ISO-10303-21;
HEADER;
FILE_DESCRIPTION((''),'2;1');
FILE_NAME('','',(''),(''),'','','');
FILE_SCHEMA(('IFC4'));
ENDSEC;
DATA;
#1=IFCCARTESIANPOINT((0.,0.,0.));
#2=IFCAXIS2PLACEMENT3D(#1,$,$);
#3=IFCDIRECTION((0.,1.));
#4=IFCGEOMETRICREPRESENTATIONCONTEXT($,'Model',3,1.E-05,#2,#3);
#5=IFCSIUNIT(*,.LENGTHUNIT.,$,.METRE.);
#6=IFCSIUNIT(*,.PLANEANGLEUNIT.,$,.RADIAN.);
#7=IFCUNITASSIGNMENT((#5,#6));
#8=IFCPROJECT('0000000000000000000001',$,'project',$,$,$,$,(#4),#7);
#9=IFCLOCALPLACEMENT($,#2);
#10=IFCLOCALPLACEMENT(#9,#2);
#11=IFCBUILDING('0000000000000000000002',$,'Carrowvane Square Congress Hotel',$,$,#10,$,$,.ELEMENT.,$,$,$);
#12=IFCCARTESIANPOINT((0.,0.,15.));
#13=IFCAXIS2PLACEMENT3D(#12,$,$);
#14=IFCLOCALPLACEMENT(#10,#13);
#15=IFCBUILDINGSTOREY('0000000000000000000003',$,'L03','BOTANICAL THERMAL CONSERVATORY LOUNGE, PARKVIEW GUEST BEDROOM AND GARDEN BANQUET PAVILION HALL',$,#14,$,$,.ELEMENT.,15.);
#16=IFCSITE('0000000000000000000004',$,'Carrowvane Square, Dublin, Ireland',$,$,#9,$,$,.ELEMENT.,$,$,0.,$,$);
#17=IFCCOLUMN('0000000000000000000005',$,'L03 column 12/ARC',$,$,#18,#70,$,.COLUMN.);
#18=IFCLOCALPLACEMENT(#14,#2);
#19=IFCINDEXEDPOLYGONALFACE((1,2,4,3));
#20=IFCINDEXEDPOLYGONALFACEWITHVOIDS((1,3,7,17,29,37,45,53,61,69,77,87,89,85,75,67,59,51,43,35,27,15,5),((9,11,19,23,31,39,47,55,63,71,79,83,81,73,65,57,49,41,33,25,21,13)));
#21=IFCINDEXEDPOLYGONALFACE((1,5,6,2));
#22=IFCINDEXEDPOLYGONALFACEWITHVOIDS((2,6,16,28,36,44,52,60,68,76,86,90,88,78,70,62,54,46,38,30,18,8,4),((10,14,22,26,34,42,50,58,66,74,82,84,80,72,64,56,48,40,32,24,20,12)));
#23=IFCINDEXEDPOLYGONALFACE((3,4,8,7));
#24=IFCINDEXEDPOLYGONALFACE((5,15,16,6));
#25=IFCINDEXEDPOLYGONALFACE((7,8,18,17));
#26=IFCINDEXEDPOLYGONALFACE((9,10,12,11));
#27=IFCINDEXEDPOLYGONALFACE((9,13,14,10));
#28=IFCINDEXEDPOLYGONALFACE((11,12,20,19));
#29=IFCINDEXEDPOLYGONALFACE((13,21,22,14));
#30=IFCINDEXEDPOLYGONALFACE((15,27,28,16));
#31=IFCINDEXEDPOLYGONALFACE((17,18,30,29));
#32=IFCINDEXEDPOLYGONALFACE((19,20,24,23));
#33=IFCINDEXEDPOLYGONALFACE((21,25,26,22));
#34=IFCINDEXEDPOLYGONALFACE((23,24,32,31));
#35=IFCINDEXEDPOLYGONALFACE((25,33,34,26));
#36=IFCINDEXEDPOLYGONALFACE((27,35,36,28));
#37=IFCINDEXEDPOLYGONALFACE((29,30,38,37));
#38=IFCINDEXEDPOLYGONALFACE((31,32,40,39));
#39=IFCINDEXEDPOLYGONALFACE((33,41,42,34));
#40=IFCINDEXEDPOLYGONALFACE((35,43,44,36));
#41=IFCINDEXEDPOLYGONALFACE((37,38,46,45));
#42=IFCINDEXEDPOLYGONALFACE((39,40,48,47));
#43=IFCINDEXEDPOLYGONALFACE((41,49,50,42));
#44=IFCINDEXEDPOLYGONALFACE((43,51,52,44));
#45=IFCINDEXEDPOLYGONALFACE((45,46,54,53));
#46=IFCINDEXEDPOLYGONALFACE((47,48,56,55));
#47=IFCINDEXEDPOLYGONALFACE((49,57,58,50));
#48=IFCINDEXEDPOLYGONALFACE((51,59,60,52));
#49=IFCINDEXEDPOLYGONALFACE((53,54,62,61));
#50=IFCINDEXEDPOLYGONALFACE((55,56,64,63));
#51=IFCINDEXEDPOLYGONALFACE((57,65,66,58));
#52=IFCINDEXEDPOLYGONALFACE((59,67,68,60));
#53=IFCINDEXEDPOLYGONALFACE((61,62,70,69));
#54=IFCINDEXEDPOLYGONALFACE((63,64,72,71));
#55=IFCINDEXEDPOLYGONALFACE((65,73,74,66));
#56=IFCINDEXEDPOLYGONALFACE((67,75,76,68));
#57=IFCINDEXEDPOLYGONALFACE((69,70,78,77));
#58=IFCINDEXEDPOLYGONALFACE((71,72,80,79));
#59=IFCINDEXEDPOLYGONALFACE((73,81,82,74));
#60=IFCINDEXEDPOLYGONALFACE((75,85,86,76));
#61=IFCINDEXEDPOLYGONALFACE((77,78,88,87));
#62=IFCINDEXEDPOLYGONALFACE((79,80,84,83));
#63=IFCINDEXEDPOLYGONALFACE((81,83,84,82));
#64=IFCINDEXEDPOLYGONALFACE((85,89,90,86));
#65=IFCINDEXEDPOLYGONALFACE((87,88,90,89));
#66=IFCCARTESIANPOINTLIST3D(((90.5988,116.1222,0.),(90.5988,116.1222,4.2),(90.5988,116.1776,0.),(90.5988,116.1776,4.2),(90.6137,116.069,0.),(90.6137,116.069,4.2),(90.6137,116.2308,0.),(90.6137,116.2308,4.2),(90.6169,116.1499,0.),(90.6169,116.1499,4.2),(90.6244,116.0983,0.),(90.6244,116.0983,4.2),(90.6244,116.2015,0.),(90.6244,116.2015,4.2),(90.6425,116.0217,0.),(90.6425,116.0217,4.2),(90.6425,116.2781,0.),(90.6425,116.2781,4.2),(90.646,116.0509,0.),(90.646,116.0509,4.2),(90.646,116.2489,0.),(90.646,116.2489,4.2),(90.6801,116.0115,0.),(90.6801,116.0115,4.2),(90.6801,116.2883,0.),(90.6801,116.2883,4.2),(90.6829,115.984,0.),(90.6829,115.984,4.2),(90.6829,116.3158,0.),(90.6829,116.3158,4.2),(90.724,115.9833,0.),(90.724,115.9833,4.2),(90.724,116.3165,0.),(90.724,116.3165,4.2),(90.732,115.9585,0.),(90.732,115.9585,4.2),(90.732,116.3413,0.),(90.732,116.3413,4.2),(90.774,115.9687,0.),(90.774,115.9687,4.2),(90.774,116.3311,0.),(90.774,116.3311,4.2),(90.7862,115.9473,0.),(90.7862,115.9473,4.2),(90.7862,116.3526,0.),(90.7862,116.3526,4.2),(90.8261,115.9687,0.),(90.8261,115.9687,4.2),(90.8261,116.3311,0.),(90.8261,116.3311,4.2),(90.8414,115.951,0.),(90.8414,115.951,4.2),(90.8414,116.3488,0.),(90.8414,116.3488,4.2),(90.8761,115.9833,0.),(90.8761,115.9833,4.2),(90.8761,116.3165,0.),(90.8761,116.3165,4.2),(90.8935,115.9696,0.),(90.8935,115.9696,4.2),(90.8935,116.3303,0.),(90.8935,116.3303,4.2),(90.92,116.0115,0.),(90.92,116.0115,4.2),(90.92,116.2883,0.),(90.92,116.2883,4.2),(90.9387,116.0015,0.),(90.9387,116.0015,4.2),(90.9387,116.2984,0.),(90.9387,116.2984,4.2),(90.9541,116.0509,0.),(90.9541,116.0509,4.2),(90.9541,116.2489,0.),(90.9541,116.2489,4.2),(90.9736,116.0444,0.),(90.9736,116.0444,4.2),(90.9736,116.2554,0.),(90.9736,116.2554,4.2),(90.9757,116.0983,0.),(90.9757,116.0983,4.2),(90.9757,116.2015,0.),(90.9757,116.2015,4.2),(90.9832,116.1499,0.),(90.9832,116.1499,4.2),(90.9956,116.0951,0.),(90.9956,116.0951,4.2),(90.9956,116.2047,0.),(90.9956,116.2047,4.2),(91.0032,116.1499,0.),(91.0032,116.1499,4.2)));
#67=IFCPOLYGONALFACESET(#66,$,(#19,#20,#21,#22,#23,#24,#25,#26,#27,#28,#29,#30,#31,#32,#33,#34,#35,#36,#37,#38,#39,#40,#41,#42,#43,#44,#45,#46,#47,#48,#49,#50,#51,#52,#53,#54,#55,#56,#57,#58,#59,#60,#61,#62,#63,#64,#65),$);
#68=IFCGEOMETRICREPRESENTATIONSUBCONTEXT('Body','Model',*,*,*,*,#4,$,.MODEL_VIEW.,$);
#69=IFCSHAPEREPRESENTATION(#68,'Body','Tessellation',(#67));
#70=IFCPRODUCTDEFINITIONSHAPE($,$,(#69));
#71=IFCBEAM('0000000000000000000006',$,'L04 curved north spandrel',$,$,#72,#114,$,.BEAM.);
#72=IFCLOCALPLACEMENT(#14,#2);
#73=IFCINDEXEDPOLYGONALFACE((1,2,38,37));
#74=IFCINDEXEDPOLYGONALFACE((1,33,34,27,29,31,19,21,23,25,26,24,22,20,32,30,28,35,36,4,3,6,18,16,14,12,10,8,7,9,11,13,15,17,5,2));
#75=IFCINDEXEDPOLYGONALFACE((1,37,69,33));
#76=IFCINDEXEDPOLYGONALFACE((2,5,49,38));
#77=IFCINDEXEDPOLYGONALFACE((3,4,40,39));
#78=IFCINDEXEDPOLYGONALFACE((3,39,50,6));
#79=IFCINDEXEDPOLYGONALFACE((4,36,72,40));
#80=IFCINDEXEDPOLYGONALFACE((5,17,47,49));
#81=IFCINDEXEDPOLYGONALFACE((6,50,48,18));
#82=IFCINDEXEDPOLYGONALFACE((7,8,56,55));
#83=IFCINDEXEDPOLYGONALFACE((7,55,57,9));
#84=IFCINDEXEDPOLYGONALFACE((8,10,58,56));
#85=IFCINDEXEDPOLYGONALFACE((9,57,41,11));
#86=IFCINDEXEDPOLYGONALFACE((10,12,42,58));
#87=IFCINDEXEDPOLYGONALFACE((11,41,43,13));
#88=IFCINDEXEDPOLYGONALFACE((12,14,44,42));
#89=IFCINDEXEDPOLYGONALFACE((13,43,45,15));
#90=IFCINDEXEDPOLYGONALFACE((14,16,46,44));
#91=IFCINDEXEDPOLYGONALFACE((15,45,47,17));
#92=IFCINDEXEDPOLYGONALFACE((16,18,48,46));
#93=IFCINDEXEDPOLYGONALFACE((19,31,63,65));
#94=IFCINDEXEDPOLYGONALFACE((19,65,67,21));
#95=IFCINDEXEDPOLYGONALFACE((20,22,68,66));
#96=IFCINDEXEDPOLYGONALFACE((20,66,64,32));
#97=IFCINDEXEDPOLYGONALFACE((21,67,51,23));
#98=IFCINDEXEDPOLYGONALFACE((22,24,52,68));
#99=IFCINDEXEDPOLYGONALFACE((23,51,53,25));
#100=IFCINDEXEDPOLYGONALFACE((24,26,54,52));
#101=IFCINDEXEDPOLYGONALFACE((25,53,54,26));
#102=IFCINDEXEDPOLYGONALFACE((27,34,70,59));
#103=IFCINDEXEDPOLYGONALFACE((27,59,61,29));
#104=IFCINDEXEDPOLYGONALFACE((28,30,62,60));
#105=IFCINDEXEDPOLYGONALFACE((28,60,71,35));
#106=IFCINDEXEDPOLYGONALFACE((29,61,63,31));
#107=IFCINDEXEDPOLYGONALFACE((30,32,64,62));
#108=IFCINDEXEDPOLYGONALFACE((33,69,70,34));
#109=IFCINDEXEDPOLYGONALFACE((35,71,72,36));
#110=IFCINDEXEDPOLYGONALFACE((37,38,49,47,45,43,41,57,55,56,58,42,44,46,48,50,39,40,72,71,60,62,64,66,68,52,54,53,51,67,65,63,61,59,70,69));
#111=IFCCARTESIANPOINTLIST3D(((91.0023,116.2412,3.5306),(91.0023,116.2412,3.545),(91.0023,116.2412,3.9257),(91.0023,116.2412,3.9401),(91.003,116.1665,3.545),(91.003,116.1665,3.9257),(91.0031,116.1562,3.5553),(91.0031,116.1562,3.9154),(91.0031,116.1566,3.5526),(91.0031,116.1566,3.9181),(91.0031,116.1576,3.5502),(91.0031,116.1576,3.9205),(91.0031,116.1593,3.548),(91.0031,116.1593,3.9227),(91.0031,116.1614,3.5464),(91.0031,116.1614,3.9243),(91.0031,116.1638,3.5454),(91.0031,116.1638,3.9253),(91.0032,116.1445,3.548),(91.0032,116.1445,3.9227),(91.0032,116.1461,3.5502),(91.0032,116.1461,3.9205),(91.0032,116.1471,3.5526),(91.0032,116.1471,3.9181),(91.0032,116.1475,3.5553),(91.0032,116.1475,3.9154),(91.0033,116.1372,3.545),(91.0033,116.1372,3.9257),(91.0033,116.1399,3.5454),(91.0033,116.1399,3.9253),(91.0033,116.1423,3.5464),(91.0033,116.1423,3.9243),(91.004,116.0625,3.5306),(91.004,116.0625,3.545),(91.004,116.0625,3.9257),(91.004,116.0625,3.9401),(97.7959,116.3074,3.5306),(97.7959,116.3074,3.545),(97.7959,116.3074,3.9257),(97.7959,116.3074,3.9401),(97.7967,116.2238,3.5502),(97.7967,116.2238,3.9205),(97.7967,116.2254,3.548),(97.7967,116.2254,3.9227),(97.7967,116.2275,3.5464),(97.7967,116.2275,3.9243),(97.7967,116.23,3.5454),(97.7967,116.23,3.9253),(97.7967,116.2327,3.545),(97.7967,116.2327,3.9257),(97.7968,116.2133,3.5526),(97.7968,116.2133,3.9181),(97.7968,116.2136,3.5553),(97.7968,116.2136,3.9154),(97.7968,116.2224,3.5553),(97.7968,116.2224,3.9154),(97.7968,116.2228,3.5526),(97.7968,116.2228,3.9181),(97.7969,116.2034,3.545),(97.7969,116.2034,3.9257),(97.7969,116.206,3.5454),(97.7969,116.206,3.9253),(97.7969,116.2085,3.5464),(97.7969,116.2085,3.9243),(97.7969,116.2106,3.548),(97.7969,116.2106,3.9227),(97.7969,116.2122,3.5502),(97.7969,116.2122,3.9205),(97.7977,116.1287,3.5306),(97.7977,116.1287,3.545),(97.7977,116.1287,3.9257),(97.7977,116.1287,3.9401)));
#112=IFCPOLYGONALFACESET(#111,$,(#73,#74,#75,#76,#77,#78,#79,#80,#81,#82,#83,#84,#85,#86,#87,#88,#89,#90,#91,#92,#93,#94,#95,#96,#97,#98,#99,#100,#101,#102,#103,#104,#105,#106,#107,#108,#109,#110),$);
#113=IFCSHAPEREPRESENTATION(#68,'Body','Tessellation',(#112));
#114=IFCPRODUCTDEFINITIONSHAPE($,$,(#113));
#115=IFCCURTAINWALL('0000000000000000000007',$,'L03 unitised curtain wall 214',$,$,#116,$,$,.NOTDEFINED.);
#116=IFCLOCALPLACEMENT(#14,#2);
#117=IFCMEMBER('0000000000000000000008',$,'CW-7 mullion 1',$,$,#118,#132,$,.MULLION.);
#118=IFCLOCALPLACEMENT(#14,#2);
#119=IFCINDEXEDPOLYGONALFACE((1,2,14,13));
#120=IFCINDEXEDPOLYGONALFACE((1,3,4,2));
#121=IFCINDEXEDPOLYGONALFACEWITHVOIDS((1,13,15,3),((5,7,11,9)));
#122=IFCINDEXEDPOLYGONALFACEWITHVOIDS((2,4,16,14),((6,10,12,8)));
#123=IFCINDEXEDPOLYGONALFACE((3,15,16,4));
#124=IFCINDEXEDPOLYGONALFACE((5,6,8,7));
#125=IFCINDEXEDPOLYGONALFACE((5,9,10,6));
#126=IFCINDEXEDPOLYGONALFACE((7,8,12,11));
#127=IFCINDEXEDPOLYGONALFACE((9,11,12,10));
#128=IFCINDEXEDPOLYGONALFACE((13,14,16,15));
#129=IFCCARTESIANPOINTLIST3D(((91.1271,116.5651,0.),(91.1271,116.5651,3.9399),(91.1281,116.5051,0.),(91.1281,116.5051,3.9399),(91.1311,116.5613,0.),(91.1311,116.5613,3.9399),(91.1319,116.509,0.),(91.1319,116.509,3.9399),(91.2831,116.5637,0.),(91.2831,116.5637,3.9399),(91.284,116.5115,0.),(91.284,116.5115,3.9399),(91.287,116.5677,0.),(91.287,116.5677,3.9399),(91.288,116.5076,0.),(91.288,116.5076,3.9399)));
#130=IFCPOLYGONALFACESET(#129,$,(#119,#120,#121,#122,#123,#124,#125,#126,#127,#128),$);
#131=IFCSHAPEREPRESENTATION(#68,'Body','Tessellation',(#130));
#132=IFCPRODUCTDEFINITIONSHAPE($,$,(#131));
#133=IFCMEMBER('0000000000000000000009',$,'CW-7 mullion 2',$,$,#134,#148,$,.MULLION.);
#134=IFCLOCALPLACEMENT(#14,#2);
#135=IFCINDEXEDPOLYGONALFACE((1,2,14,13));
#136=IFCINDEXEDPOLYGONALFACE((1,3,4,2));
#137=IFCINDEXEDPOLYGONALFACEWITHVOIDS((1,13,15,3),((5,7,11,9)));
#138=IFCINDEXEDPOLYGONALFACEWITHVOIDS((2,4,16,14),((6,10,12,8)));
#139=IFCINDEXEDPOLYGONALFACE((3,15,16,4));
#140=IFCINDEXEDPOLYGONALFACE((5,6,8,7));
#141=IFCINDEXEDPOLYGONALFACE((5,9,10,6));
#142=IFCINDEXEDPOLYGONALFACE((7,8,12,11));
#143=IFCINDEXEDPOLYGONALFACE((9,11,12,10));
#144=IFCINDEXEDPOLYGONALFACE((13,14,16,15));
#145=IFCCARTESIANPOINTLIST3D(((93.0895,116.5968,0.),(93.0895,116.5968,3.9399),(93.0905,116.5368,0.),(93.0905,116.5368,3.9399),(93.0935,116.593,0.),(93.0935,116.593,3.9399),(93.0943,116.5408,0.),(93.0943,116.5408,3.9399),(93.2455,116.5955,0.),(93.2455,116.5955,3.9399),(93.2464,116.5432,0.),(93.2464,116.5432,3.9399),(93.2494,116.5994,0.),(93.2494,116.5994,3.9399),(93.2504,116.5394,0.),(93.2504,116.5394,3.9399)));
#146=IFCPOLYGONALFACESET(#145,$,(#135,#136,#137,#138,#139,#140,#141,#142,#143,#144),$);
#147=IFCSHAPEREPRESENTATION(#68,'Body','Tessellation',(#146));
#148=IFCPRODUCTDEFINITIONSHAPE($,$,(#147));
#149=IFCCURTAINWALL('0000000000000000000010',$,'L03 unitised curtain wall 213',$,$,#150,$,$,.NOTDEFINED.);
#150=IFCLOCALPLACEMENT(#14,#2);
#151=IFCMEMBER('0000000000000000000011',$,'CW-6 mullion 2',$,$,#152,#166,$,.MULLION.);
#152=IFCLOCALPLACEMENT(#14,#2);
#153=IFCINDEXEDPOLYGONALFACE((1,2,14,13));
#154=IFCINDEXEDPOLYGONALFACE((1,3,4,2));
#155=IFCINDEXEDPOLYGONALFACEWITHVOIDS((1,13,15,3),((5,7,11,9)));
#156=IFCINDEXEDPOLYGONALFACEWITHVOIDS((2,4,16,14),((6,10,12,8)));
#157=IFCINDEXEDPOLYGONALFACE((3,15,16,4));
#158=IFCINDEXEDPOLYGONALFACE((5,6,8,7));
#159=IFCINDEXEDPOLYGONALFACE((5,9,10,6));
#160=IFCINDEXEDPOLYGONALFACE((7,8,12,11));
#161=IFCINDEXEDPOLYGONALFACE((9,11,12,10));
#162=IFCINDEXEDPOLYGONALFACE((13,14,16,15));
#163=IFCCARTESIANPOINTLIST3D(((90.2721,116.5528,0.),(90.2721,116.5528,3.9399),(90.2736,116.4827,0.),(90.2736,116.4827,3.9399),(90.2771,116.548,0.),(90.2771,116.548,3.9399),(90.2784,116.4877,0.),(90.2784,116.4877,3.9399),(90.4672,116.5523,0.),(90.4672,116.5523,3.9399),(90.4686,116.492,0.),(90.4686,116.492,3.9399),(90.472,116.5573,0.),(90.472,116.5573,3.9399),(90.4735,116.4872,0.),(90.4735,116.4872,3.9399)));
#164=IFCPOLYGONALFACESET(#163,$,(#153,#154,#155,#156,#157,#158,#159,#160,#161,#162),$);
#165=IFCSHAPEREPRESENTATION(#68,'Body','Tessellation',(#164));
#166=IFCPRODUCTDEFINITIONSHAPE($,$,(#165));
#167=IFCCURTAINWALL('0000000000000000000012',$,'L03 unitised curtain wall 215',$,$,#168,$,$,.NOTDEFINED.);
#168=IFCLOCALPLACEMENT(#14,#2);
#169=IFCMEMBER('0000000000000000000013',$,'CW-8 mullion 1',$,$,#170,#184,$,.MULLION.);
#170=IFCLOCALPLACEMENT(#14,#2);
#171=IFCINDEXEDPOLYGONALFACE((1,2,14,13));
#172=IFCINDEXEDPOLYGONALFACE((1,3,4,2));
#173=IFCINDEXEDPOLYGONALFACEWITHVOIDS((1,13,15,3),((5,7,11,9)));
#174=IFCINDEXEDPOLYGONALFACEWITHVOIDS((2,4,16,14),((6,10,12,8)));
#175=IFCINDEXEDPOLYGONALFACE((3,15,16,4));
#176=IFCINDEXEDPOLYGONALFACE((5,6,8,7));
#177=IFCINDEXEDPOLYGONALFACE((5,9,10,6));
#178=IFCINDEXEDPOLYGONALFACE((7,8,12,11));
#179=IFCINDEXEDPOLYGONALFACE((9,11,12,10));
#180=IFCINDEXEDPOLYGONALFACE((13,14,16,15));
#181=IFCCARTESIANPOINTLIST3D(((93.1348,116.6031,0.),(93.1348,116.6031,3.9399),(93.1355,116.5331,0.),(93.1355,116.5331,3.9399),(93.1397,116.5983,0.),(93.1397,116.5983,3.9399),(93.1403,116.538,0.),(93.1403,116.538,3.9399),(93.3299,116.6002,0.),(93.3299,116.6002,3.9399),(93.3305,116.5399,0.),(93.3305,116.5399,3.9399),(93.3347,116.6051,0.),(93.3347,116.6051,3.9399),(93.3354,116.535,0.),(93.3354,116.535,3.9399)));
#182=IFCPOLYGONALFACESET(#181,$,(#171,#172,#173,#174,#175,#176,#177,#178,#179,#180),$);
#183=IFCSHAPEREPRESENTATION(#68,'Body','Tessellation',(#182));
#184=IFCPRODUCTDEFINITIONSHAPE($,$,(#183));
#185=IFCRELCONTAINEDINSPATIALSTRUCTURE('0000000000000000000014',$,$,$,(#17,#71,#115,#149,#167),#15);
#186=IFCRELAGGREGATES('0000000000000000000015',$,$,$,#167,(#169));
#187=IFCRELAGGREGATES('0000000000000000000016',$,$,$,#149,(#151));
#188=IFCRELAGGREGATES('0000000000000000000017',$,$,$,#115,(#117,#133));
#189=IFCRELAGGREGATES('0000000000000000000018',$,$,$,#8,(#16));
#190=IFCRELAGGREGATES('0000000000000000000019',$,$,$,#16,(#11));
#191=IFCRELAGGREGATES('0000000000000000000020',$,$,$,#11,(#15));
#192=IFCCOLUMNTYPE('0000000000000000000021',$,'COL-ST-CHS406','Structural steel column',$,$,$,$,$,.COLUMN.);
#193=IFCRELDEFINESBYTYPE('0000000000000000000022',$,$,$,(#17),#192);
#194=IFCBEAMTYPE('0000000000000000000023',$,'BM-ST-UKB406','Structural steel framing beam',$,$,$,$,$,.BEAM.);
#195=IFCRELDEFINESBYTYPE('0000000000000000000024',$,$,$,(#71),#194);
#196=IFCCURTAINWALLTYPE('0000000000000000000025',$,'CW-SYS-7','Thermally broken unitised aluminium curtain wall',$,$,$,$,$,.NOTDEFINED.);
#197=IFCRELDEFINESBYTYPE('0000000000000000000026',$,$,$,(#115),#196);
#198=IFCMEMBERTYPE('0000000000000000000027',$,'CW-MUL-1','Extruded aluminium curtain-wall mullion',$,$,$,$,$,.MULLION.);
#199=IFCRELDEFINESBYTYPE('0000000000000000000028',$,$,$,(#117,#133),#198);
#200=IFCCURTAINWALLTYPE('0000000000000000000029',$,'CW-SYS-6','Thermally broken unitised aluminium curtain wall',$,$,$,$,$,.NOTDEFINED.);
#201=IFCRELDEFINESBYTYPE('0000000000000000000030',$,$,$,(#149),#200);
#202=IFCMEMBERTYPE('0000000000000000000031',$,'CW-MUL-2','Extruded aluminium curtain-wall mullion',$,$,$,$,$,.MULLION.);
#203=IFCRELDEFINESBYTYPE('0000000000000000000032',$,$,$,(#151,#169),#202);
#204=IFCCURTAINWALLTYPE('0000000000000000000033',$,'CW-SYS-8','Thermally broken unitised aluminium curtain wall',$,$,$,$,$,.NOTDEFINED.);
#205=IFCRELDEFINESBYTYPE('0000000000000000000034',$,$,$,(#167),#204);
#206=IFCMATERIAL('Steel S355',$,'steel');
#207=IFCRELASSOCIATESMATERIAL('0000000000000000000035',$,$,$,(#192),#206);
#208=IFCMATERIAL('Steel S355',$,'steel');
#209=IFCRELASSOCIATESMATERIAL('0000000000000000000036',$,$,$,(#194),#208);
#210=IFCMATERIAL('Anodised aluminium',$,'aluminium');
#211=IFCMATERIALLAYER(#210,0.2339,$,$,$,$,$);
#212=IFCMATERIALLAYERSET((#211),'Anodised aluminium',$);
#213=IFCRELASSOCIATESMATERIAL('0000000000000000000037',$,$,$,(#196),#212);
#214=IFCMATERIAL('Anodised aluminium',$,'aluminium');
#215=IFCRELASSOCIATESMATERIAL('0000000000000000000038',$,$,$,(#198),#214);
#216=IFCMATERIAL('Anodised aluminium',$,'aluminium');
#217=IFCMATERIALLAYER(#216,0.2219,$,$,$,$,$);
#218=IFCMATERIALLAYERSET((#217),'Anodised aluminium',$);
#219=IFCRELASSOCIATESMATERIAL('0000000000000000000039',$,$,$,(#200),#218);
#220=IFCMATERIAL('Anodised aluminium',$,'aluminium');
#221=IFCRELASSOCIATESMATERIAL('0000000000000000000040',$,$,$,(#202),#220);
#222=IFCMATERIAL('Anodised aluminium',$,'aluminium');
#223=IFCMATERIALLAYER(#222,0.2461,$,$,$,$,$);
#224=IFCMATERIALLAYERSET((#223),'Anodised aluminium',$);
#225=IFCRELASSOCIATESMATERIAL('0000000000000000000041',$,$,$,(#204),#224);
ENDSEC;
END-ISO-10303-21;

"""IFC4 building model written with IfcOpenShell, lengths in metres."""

from ifc_helpers import new_model, si_unit, direction, frame, origin, origin_2d, place, context, subcontext, project, spatial, hollow_rectangle, hollow_circle, i_section, extrude, material, layer, layer_set, material_profile, profile_set, type_object, element, aggregate, save


model = new_model("IFC4")

# Units and contexts
model_context = context("Model", 3, precision=1e-05, world=origin(), true_north=direction((0.0, 1.0)))
body_context = subcontext(model_context, "Body", "Model", "MODEL_VIEW")
ifc_project = project(units=[si_unit("LENGTHUNIT", "METRE"), si_unit("PLANEANGLEUNIT", "RADIAN")], contexts=[model_context])

# Site, building, storey
site_placement = place(None, origin())
site = spatial("IfcSite", under=ifc_project, at=site_placement, Name="Carrowvane Square, Dublin, Ireland", CompositionType="ELEMENT", RefElevation=0.0)
building_placement = place(site_placement, origin())
building = spatial("IfcBuilding", under=site, at=building_placement, Name="Carrowvane Square Congress Hotel", CompositionType="ELEMENT")
storey_placement = place(building_placement, frame((0.0, 0.0, 15.0)))
storey = spatial("IfcBuildingStorey", under=building, at=storey_placement, Name="L03", Description="BOTANICAL THERMAL CONSERVATORY LOUNGE, PARKVIEW GUEST BEDROOM AND GARDEN BANQUET PAVILION HALL", CompositionType="ELEMENT", Elevation=15.0)

# Column
ifc_material_1 = material(Name="Steel S355", Category="steel")
ifc_material_profile_1 = material_profile(ifc_material_1, hollow_circle(Radius=0.2031, WallThickness=0.02, at=origin_2d()), Name="CHS 406.4x20")
ifc_profile_set_1 = profile_set([ifc_material_profile_1], Name="Steel S355")
column_type = type_object("IfcColumnType", Name="COL-ST-CHS406", Description="Structural steel column", PredefinedType="COLUMN", material=ifc_profile_set_1)
column_placement = place(storey_placement, frame((90.8, 116.1499, 0.0), z_axis=(0.0, 0.0, 1.0), x_axis=(1.0, 0.0, 0.0)))
element("IfcColumn", 1, at=column_placement, inside=storey, type_object=column_type, Name="L03 column 12/ARC", PredefinedType="COLUMN", context=body_context, shape_type="SweptSolid", body=[
    extrude(hollow_circle(Radius=0.2031, WallThickness=0.02, at=origin_2d()), origin(), (0.0, 0.0, 1.0), 4.2),
])

# Beam
ifc_material_2 = material(Name="Steel S355", Category="steel")
ifc_material_profile_2 = material_profile(ifc_material_2, i_section(OverallWidth=0.1787, OverallDepth=0.4094, WebThickness=0.0088, FlangeThickness=0.0144, FilletRadius=0.0103, at=origin_2d()), Name="UKB 406x178x67")
ifc_profile_set_2 = profile_set([ifc_material_profile_2], Name="Steel S355")
beam_type = type_object("IfcBeamType", Name="BM-ST-UKB406", Description="Structural steel framing beam", PredefinedType="BEAM", material=ifc_profile_set_2)
beam_placement = place(storey_placement, frame((91.0032, 116.1519, 3.7354), z_axis=(0.999953, 0.009738, 0.0), x_axis=(-0.009738, 0.999953, 0.0)))
element("IfcBeam", 2, at=beam_placement, inside=storey, type_object=beam_type, Name="L04 curved north spandrel", PredefinedType="BEAM", context=body_context, shape_type="SweptSolid", body=[
    extrude(i_section(OverallWidth=0.1787, OverallDepth=0.4094, WebThickness=0.0088, FlangeThickness=0.0144, FilletRadius=0.0103, at=origin_2d()), origin(), (0.0, 0.0, 1.0), 6.7939),
])

# Curtain wall, members
ifc_material_3 = material(Name="Anodised aluminium", Category="aluminium")
ifc_layer_1 = layer(ifc_material_3, 0.2339)
ifc_layer_set_1 = layer_set([ifc_layer_1], Name="Anodised aluminium")
curtain_wall_type_1 = type_object("IfcCurtainWallType", Name="CW-SYS-7", Description="Thermally broken unitised aluminium curtain wall", PredefinedType="NOTDEFINED", material=ifc_layer_set_1)
curtain_wall_1_placement = place(storey_placement, origin())
curtain_wall_1 = element("IfcCurtainWall", 3, at=curtain_wall_1_placement, inside=storey, type_object=curtain_wall_type_1, Name="L03 unitised curtain wall 214", PredefinedType="NOTDEFINED")
ifc_material_4 = material(Name="Anodised aluminium", Category="aluminium")
ifc_material_profile_3 = material_profile(ifc_material_4, hollow_rectangle(XDim=0.0601, YDim=0.1599, WallThickness=0.0039, at=origin_2d()), Name="CW-ML 60x160x4")
ifc_profile_set_3 = profile_set([ifc_material_profile_3], Name="Anodised aluminium")
member_type_1 = type_object("IfcMemberType", Name="CW-MUL-1", Description="Extruded aluminium curtain-wall mullion", PredefinedType="MULLION", material=ifc_profile_set_3)
member_1_placement = place(storey_placement, frame((91.2075, 116.5364, 0.0), z_axis=(0.0, 0.0, 1.0), x_axis=(-0.016216, 0.999869, 0.0)))
member_1 = element("IfcMember", 4, at=member_1_placement, type_object=member_type_1, Name="CW-7 mullion 1", PredefinedType="MULLION", context=body_context, shape_type="SweptSolid", body=[
    extrude(hollow_rectangle(XDim=0.0601, YDim=0.1599, WallThickness=0.0039, at=origin_2d()), origin(), (0.0, 0.0, 1.0), 3.9399),
])
member_2_placement = place(storey_placement, frame((93.1699, 116.5681, 0.0), z_axis=(0.0, 0.0, 1.0), x_axis=(-0.016216, 0.999869, 0.0)))
member_2 = element("IfcMember", 5, at=member_2_placement, type_object=member_type_1, Name="CW-7 mullion 2", PredefinedType="MULLION", context=body_context, shape_type="SweptSolid", body=[
    extrude(hollow_rectangle(XDim=0.0601, YDim=0.1599, WallThickness=0.0039, at=origin_2d()), origin(), (0.0, 0.0, 1.0), 3.9399),
])

# Curtain walls, members
ifc_material_5 = material(Name="Anodised aluminium", Category="aluminium")
ifc_layer_2 = layer(ifc_material_5, 0.2219)
ifc_layer_set_2 = layer_set([ifc_layer_2], Name="Anodised aluminium")
curtain_wall_type_2 = type_object("IfcCurtainWallType", Name="CW-SYS-6", Description="Thermally broken unitised aluminium curtain wall", PredefinedType="NOTDEFINED", material=ifc_layer_set_2)
curtain_wall_2_placement = place(storey_placement, origin())
curtain_wall_2 = element("IfcCurtainWall", 6, at=curtain_wall_2_placement, inside=storey, type_object=curtain_wall_type_2, Name="L03 unitised curtain wall 213", PredefinedType="NOTDEFINED")
ifc_material_6 = material(Name="Anodised aluminium", Category="aluminium")
ifc_material_profile_4 = material_profile(ifc_material_6, hollow_rectangle(XDim=0.0701, YDim=0.2, WallThickness=0.0049, at=origin_2d()), Name="CW-ML 70x200x5")
ifc_profile_set_4 = profile_set([ifc_material_profile_4], Name="Anodised aluminium")
member_type_2 = type_object("IfcMemberType", Name="CW-MUL-2", Description="Extruded aluminium curtain-wall mullion", PredefinedType="MULLION", material=ifc_profile_set_4)
member_3_placement = place(storey_placement, frame((90.3728, 116.52, 0.0), z_axis=(0.0, 0.0, 1.0), x_axis=(-0.022518, 0.999746, 0.0)))
member_3 = element("IfcMember", 7, at=member_3_placement, type_object=member_type_2, Name="CW-6 mullion 2", PredefinedType="MULLION", context=body_context, shape_type="SweptSolid", body=[
    extrude(hollow_rectangle(XDim=0.0701, YDim=0.2, WallThickness=0.0049, at=origin_2d()), origin(), (0.0, 0.0, 1.0), 3.9399),
])
ifc_material_7 = material(Name="Anodised aluminium", Category="aluminium")
ifc_layer_3 = layer(ifc_material_7, 0.2461)
ifc_layer_set_3 = layer_set([ifc_layer_3], Name="Anodised aluminium")
curtain_wall_type_3 = type_object("IfcCurtainWallType", Name="CW-SYS-8", Description="Thermally broken unitised aluminium curtain wall", PredefinedType="NOTDEFINED", material=ifc_layer_set_3)
curtain_wall_3_placement = place(storey_placement, origin())
curtain_wall_3 = element("IfcCurtainWall", 8, at=curtain_wall_3_placement, inside=storey, type_object=curtain_wall_type_3, Name="L03 unitised curtain wall 215", PredefinedType="NOTDEFINED")
member_4_placement = place(storey_placement, frame((93.2351, 116.5691, 0.0), z_axis=(0.0, 0.0, 1.0), x_axis=(-0.009783, 0.999952, 0.0)))
member_4 = element("IfcMember", 9, at=member_4_placement, type_object=member_type_2, Name="CW-8 mullion 1", PredefinedType="MULLION", context=body_context, shape_type="SweptSolid", body=[
    extrude(hollow_rectangle(XDim=0.0701, YDim=0.2, WallThickness=0.0049, at=origin_2d()), origin(), (0.0, 0.0, 1.0), 3.9399),
])

aggregate(curtain_wall_3, [member_4])

aggregate(curtain_wall_2, [member_3])
aggregate(curtain_wall_1, [member_1, member_2])

save(model, "model.ifc")
